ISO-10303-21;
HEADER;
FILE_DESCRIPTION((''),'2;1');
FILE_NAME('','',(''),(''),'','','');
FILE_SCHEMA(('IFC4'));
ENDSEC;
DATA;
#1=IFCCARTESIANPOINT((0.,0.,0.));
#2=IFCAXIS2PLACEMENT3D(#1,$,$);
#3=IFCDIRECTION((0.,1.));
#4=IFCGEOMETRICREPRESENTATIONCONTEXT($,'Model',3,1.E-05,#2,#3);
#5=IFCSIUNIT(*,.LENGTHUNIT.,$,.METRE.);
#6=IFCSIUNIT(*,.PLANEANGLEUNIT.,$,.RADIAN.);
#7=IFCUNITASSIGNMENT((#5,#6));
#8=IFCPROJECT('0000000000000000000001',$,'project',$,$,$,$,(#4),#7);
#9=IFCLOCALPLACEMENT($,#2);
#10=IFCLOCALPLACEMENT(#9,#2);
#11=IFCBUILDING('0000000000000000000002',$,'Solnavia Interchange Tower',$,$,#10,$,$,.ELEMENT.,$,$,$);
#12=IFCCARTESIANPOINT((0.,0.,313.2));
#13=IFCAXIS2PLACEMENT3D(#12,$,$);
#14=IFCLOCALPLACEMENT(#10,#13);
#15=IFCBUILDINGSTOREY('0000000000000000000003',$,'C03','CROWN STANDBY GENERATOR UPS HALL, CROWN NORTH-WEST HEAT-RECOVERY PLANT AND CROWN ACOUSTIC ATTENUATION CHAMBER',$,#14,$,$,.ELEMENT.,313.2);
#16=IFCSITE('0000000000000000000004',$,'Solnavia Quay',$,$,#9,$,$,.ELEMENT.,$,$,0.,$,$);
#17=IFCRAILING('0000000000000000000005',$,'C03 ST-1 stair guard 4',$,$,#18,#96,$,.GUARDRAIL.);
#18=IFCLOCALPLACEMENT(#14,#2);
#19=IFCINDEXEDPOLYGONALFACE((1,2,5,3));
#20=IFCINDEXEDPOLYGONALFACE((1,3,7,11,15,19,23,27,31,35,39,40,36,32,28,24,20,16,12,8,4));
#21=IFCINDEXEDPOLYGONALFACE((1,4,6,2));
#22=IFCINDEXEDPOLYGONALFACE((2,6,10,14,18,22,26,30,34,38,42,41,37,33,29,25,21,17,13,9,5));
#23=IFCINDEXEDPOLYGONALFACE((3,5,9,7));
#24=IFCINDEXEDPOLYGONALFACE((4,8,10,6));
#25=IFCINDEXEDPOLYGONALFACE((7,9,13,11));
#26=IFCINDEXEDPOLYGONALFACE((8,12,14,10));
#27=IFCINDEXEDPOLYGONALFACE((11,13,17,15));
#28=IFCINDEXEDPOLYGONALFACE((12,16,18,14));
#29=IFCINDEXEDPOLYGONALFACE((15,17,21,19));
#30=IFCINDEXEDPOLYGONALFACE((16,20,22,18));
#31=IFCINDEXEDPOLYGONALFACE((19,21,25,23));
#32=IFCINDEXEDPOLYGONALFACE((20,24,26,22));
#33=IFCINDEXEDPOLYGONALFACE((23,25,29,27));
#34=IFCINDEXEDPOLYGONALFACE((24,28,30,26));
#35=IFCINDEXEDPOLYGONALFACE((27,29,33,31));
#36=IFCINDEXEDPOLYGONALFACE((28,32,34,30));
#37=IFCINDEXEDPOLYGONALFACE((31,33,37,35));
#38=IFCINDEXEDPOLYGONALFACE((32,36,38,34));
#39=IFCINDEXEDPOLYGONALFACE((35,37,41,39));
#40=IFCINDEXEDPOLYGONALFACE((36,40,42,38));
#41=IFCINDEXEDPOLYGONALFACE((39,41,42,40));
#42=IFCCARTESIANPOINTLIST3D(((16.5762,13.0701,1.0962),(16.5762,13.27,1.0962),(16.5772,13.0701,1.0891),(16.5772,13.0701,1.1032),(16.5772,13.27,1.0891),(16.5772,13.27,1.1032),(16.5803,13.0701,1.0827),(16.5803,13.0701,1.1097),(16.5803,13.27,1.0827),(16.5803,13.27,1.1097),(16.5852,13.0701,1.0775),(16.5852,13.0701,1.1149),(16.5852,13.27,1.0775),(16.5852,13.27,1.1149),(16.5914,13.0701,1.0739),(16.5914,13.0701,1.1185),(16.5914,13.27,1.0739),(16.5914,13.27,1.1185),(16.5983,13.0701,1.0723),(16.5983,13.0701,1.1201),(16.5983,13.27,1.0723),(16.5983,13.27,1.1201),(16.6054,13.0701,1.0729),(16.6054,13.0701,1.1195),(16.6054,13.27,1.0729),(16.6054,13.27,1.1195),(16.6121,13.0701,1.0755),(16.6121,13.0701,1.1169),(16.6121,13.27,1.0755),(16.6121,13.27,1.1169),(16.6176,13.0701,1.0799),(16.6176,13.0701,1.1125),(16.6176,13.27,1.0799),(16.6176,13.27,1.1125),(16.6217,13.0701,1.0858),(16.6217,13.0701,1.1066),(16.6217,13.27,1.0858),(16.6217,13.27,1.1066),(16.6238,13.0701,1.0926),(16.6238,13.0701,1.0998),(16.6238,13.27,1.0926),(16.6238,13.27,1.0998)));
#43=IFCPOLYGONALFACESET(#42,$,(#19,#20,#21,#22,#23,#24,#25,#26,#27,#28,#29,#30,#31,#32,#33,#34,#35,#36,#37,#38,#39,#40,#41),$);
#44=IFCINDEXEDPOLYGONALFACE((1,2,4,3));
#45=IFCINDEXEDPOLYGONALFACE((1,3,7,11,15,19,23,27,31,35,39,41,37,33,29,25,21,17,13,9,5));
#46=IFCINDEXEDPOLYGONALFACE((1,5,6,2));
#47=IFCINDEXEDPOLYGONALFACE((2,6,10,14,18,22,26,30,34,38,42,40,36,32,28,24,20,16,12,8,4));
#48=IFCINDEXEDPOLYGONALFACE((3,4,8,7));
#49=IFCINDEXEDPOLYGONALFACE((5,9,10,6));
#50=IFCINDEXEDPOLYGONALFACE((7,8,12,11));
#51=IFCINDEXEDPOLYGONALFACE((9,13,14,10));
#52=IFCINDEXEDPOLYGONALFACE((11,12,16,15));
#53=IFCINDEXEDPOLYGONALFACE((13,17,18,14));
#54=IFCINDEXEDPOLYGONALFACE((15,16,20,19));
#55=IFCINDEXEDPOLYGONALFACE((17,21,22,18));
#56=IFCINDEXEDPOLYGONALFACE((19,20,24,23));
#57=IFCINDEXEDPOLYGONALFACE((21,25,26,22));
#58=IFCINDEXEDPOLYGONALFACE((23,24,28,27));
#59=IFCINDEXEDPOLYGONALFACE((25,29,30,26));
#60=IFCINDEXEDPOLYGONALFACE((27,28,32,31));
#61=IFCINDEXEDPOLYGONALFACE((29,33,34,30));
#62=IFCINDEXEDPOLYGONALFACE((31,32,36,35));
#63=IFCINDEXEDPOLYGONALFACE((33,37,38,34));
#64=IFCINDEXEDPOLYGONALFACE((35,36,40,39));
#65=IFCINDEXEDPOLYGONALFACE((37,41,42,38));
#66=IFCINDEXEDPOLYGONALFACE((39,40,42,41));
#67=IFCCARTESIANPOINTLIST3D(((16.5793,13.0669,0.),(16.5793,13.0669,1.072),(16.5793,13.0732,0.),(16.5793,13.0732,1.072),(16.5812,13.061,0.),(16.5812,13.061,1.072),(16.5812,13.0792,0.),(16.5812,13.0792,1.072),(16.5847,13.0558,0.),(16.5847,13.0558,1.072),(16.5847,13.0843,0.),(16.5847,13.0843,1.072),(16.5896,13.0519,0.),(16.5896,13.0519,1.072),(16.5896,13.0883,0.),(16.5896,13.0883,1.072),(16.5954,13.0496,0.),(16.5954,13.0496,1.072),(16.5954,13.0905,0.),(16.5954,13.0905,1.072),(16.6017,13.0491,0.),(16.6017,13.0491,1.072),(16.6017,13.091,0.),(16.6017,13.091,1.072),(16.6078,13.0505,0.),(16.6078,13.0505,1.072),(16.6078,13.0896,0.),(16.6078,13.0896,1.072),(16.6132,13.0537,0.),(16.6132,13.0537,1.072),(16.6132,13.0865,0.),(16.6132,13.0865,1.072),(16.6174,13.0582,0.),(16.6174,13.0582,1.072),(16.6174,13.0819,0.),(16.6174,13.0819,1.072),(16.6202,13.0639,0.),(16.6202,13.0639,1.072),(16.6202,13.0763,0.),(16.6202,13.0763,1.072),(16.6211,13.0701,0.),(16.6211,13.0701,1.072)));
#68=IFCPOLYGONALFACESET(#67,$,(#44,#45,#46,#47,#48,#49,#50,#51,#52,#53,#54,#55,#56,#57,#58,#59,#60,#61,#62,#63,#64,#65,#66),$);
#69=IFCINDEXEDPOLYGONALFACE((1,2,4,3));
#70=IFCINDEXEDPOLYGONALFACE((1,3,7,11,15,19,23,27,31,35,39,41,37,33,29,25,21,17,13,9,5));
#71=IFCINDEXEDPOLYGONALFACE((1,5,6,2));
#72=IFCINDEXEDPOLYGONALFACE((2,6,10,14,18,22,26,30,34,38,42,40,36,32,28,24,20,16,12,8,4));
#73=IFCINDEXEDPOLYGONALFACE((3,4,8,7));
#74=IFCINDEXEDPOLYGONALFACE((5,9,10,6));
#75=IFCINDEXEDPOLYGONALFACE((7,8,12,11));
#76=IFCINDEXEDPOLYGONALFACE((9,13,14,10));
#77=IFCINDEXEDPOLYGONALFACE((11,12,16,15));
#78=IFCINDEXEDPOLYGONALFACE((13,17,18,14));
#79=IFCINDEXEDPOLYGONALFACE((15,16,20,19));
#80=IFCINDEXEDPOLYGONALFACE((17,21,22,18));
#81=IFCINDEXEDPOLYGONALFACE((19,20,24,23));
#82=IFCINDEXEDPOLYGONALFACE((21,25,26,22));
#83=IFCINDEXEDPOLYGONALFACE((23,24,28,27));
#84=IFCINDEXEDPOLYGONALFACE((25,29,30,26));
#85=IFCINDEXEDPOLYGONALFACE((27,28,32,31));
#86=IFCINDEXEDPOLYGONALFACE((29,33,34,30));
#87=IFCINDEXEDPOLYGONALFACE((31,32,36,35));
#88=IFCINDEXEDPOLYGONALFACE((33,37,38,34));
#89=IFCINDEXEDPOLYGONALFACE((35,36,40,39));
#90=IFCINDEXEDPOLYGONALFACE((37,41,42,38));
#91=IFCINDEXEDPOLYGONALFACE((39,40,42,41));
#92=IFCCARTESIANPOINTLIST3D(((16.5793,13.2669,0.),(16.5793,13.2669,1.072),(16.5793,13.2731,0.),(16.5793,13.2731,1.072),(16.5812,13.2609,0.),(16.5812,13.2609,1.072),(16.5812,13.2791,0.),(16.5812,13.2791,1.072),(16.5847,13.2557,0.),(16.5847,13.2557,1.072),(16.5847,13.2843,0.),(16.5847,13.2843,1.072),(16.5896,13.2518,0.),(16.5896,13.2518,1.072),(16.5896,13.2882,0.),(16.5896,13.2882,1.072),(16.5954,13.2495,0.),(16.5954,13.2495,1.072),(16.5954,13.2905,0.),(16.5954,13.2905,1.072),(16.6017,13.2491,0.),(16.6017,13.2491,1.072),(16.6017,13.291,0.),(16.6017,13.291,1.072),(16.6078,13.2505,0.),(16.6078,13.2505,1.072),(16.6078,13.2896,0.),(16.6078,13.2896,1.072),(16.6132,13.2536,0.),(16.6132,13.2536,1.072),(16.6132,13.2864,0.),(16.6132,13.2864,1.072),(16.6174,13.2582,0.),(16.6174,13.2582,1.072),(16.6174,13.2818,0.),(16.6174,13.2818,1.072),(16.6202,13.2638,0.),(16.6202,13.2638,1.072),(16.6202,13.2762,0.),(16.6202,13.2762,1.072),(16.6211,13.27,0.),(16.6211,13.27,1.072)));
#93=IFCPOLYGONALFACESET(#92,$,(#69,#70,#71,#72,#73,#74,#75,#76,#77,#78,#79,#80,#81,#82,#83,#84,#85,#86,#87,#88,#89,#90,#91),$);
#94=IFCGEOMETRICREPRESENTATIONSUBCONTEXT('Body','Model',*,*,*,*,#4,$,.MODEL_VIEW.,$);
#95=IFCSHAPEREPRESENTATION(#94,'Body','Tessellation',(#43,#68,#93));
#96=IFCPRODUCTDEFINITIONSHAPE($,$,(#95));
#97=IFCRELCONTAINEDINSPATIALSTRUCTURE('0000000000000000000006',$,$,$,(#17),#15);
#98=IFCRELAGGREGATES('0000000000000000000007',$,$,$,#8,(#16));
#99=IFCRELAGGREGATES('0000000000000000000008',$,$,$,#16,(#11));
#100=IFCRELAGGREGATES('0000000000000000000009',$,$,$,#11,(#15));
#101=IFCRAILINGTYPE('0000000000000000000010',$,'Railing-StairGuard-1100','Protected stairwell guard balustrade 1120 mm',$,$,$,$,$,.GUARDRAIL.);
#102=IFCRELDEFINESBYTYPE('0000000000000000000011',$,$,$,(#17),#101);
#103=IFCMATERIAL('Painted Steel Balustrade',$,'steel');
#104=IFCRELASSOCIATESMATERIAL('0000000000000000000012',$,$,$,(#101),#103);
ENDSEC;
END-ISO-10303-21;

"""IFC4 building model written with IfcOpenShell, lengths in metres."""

from ifc_helpers import new_model, si_unit, direction, frame, origin, origin_2d, place, context, subcontext, project, spatial, circle, extrude, material, type_object, element, save


model = new_model("IFC4")

# Units and contexts
model_context = context("Model", 3, precision=1e-05, world=origin(), true_north=direction((0.0, 1.0)))
body_context = subcontext(model_context, "Body", "Model", "MODEL_VIEW")
ifc_project = project(units=[si_unit("LENGTHUNIT", "METRE"), si_unit("PLANEANGLEUNIT", "RADIAN")], contexts=[model_context])

# Site, building, storey
site_placement = place(None, origin())
site = spatial("IfcSite", under=ifc_project, at=site_placement, Name="Solnavia Quay", CompositionType="ELEMENT", RefElevation=0.0)
building_placement = place(site_placement, origin())
building = spatial("IfcBuilding", under=site, at=building_placement, Name="Solnavia Interchange Tower", CompositionType="ELEMENT")
storey_placement = place(building_placement, frame((0.0, 0.0, 313.2)))
storey = spatial("IfcBuildingStorey", under=building, at=storey_placement, Name="C03", Description="CROWN STANDBY GENERATOR UPS HALL, CROWN NORTH-WEST HEAT-RECOVERY PLANT AND CROWN ACOUSTIC ATTENUATION CHAMBER", CompositionType="ELEMENT", Elevation=313.2)

# Railing
ifc_material_1 = material(Name="Painted Steel Balustrade", Category="steel")
railing_type_1 = type_object("IfcRailingType", Name="Railing-StairGuard-1100", Description="Protected stairwell guard balustrade 1120 mm", PredefinedType="GUARDRAIL", material=ifc_material_1)
railing_1_placement = place(storey_placement, frame((16.6001, 13.0701, 0.0)))
element("IfcRailing", 1, at=railing_1_placement, inside=storey, type_object=railing_type_1, Name="C03 ST-1 stair guard 4", PredefinedType="GUARDRAIL", context=body_context, shape_type="SweptSolid", body=[
    extrude(circle(Radius=0.0239, at=origin_2d()), frame((0.0, 0.0, 1.0962), z_axis=(0.0, 1.0, 0.0), x_axis=(-1.0, 0.0, 0.0)), (0.0, 0.0, 1.0), 0.2),
    extrude(circle(Radius=0.021, at=origin_2d()), origin(), (0.0, 0.0, 1.0), 1.072),
    extrude(circle(Radius=0.021, at=origin_2d()), frame((0.0, 0.2, 0.0)), (0.0, 0.0, 1.0), 1.072),
])

save(model, "model.ifc")
